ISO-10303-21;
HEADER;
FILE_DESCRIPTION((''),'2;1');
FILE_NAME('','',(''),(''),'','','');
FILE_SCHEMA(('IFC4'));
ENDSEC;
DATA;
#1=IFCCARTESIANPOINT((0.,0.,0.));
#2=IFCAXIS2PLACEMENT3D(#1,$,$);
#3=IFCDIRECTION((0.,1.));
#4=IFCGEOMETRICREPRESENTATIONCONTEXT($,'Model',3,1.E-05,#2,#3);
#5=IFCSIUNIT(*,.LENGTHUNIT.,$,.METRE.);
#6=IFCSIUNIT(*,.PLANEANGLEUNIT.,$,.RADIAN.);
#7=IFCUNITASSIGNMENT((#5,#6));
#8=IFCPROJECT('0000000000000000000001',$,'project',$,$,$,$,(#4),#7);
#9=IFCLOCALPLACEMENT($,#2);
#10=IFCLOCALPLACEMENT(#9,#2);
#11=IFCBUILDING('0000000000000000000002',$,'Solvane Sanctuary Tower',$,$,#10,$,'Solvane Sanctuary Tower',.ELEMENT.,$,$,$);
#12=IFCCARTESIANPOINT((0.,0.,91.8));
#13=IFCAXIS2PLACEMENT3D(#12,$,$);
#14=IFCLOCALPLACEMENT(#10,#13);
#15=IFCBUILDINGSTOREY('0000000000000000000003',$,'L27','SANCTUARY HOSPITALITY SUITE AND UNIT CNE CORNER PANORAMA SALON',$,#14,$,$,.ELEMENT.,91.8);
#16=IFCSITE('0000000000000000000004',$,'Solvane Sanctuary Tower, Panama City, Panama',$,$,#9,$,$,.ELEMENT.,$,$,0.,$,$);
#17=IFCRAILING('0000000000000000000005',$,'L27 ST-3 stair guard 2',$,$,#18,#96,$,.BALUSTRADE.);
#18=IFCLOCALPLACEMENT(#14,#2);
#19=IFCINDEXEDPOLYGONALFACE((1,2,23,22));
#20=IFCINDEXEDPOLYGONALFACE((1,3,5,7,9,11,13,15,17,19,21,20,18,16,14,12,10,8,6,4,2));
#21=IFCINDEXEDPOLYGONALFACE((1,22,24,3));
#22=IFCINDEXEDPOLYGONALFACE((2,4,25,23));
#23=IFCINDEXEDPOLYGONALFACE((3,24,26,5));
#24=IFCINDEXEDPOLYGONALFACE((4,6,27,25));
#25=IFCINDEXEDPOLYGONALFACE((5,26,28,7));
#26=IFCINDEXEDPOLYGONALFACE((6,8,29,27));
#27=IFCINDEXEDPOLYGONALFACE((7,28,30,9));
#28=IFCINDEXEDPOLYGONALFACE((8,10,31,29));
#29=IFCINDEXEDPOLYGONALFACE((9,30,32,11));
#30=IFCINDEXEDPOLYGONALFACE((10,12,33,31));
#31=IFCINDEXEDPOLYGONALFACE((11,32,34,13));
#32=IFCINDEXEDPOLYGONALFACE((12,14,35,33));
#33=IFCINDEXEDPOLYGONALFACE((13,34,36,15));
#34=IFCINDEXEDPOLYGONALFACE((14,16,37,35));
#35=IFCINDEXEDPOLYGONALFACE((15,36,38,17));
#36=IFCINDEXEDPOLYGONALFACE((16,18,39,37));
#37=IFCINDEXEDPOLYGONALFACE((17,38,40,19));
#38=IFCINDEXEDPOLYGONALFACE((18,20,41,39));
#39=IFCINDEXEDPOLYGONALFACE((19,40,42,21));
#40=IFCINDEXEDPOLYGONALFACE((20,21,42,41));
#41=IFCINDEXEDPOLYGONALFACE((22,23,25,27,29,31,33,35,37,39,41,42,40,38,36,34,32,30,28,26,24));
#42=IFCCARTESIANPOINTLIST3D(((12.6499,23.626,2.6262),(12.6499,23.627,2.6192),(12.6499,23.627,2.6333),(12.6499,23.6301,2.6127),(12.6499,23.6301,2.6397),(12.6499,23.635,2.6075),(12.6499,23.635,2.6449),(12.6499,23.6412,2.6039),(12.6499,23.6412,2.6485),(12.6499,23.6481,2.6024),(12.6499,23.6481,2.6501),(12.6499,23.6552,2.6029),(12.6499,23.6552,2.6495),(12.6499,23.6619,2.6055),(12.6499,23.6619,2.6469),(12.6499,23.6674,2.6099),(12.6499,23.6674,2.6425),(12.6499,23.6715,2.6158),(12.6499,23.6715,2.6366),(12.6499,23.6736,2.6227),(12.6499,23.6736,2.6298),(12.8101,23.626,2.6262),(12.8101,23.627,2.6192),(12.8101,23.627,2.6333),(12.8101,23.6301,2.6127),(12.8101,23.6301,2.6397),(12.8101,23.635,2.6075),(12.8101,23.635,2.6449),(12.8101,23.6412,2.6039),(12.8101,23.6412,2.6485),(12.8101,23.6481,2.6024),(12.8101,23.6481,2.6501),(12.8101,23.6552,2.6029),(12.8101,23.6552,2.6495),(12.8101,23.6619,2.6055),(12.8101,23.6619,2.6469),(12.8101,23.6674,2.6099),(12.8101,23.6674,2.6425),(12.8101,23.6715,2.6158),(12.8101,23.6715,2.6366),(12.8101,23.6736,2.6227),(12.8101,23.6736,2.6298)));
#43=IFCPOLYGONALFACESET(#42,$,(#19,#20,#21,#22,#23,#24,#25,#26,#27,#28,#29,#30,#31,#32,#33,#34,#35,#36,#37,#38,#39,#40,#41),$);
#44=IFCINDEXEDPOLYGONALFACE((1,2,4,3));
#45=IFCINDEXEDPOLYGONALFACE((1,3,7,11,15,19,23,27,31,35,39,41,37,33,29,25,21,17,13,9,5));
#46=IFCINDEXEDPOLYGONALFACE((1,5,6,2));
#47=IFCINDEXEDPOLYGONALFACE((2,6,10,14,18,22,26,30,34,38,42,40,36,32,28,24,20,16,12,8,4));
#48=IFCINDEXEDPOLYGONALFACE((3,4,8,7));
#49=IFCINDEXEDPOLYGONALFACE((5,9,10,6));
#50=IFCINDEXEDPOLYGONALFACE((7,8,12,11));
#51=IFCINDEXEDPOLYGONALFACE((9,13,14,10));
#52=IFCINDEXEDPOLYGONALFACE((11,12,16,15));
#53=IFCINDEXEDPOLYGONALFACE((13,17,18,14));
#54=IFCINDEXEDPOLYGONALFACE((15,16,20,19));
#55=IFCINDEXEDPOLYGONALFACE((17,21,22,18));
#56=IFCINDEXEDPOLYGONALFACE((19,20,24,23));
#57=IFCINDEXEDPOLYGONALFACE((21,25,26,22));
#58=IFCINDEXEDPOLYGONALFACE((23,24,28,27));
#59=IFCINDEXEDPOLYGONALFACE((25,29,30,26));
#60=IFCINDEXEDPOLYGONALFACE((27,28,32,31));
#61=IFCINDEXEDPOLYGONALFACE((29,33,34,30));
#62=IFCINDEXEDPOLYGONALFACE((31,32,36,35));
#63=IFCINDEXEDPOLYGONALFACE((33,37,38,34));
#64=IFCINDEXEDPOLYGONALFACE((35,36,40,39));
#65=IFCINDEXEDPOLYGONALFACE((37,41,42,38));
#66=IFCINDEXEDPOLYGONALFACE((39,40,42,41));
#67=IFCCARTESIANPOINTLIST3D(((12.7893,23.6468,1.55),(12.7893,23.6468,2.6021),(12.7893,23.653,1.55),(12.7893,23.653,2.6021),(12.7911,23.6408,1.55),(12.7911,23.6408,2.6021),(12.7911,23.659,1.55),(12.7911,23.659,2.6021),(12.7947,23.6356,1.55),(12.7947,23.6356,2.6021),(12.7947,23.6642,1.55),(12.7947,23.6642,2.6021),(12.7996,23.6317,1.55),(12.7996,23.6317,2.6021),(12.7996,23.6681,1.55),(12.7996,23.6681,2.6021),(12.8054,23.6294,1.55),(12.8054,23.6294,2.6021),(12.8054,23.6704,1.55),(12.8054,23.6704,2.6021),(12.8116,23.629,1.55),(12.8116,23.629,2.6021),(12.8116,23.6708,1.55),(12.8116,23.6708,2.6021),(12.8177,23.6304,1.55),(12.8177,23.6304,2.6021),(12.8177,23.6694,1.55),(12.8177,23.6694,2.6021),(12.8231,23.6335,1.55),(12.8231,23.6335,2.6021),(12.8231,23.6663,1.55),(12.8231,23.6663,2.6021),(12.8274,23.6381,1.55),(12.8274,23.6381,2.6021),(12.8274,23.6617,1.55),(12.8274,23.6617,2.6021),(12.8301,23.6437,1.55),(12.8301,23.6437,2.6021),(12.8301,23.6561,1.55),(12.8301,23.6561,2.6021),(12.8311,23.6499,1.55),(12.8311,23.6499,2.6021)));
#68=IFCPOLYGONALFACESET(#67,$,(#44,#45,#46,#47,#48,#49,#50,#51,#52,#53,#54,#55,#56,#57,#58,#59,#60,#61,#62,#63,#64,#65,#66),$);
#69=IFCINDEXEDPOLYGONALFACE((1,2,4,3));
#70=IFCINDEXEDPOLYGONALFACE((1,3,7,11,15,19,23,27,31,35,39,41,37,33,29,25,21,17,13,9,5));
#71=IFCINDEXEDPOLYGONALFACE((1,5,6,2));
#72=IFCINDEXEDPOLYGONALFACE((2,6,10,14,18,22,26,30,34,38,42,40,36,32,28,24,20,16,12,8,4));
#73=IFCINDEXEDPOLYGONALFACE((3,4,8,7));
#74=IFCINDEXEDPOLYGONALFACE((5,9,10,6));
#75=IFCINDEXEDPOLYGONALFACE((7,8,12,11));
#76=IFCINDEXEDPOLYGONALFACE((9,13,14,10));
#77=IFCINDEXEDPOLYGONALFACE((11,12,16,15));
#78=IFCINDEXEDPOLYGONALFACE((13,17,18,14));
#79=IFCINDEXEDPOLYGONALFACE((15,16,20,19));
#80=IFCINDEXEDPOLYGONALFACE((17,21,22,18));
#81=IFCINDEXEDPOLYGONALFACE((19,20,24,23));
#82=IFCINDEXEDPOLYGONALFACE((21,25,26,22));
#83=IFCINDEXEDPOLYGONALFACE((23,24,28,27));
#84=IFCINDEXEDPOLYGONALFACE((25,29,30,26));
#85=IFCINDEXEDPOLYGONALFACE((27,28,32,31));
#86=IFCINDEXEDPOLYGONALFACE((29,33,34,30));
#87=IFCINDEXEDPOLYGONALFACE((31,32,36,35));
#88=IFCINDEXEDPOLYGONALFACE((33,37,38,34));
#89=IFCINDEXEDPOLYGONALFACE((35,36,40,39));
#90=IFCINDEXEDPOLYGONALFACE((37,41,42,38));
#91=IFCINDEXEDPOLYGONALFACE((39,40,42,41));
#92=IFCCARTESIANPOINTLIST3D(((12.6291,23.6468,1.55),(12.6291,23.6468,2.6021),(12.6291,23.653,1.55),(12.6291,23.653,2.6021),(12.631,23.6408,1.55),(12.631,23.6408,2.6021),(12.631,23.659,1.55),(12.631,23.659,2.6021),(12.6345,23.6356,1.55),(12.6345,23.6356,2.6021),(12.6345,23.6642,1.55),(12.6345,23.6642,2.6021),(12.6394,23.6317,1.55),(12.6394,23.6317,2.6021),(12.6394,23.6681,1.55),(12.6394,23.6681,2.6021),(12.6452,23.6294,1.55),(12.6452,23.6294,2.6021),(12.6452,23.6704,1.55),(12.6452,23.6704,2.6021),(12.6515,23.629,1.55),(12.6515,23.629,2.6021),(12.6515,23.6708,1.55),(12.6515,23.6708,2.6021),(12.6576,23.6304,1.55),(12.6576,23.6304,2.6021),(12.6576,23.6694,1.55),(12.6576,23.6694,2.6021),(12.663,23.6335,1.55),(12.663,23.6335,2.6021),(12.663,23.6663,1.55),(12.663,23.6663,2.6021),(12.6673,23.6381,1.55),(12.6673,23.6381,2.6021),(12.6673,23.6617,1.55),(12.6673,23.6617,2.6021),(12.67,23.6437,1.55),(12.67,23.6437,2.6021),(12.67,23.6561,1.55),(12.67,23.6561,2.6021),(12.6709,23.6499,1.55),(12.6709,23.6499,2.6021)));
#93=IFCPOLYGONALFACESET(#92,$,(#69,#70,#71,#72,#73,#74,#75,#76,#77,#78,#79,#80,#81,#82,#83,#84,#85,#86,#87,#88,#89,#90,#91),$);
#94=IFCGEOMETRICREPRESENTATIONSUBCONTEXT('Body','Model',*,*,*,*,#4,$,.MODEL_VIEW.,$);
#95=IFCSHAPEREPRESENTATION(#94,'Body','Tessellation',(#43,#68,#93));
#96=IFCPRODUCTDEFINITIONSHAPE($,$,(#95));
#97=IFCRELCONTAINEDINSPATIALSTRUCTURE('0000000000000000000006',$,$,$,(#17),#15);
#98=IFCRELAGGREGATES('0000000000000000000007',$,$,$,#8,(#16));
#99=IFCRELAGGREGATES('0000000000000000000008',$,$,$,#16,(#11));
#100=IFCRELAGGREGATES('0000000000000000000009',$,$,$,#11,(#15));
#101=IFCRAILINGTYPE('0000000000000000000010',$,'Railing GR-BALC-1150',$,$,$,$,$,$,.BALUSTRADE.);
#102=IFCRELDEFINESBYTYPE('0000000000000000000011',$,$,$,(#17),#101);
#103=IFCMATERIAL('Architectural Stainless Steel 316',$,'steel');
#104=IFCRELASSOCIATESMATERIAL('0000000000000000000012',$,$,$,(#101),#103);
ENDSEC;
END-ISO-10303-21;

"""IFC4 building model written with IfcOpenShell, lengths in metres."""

from ifc_helpers import new_model, si_unit, direction, frame, origin, origin_2d, place, context, subcontext, project, spatial, circle, extrude, material, type_object, element, save


model = new_model("IFC4")

# Units and contexts
model_context = context("Model", 3, precision=1e-05, world=origin(), true_north=direction((0.0, 1.0)))
body_context = subcontext(model_context, "Body", "Model", "MODEL_VIEW")
ifc_project = project(units=[si_unit("LENGTHUNIT", "METRE"), si_unit("PLANEANGLEUNIT", "RADIAN")], contexts=[model_context])

# Site, building, storey
site_placement = place(None, origin())
site = spatial("IfcSite", under=ifc_project, at=site_placement, Name="Solvane Sanctuary Tower, Panama City, Panama", CompositionType="ELEMENT", RefElevation=0.0)
building_placement = place(site_placement, origin())
building = spatial("IfcBuilding", under=site, at=building_placement, Name="Solvane Sanctuary Tower", LongName="Solvane Sanctuary Tower", CompositionType="ELEMENT")
storey_placement = place(building_placement, frame((0.0, 0.0, 91.8)))
storey = spatial("IfcBuildingStorey", under=building, at=storey_placement, Name="L27", Description="SANCTUARY HOSPITALITY SUITE AND UNIT CNE CORNER PANORAMA SALON", CompositionType="ELEMENT", Elevation=91.8)

# Shared definitions
ifc_material_1 = material(Name="Architectural Stainless Steel 316", Category="steel")

# Railing
railing_type_1 = type_object("IfcRailingType", Name="Railing GR-BALC-1150", PredefinedType="BALUSTRADE", material=ifc_material_1)
railing_1_placement = place(storey_placement, frame((12.8101, 23.6499, 1.55)))
element("IfcRailing", 1, at=railing_1_placement, inside=storey, type_object=railing_type_1, Name="L27 ST-3 stair guard 2", PredefinedType="BALUSTRADE", context=body_context, shape_type="SweptSolid", body=[
    extrude(circle(Radius=0.0239, at=origin_2d()), frame((0.0, 0.0, 1.0762), z_axis=(-1.0, 0.0, 0.0), x_axis=(0.0, -1.0, 0.0)), (0.0, 0.0, 1.0), 0.1602),
    extrude(circle(Radius=0.021, at=origin_2d()), origin(), (0.0, 0.0, 1.0), 1.052),
    extrude(circle(Radius=0.021, at=origin_2d()), frame((-0.1602, 0.0, 0.0)), (0.0, 0.0, 1.0), 1.052),
])

save(model, "model.ifc")
